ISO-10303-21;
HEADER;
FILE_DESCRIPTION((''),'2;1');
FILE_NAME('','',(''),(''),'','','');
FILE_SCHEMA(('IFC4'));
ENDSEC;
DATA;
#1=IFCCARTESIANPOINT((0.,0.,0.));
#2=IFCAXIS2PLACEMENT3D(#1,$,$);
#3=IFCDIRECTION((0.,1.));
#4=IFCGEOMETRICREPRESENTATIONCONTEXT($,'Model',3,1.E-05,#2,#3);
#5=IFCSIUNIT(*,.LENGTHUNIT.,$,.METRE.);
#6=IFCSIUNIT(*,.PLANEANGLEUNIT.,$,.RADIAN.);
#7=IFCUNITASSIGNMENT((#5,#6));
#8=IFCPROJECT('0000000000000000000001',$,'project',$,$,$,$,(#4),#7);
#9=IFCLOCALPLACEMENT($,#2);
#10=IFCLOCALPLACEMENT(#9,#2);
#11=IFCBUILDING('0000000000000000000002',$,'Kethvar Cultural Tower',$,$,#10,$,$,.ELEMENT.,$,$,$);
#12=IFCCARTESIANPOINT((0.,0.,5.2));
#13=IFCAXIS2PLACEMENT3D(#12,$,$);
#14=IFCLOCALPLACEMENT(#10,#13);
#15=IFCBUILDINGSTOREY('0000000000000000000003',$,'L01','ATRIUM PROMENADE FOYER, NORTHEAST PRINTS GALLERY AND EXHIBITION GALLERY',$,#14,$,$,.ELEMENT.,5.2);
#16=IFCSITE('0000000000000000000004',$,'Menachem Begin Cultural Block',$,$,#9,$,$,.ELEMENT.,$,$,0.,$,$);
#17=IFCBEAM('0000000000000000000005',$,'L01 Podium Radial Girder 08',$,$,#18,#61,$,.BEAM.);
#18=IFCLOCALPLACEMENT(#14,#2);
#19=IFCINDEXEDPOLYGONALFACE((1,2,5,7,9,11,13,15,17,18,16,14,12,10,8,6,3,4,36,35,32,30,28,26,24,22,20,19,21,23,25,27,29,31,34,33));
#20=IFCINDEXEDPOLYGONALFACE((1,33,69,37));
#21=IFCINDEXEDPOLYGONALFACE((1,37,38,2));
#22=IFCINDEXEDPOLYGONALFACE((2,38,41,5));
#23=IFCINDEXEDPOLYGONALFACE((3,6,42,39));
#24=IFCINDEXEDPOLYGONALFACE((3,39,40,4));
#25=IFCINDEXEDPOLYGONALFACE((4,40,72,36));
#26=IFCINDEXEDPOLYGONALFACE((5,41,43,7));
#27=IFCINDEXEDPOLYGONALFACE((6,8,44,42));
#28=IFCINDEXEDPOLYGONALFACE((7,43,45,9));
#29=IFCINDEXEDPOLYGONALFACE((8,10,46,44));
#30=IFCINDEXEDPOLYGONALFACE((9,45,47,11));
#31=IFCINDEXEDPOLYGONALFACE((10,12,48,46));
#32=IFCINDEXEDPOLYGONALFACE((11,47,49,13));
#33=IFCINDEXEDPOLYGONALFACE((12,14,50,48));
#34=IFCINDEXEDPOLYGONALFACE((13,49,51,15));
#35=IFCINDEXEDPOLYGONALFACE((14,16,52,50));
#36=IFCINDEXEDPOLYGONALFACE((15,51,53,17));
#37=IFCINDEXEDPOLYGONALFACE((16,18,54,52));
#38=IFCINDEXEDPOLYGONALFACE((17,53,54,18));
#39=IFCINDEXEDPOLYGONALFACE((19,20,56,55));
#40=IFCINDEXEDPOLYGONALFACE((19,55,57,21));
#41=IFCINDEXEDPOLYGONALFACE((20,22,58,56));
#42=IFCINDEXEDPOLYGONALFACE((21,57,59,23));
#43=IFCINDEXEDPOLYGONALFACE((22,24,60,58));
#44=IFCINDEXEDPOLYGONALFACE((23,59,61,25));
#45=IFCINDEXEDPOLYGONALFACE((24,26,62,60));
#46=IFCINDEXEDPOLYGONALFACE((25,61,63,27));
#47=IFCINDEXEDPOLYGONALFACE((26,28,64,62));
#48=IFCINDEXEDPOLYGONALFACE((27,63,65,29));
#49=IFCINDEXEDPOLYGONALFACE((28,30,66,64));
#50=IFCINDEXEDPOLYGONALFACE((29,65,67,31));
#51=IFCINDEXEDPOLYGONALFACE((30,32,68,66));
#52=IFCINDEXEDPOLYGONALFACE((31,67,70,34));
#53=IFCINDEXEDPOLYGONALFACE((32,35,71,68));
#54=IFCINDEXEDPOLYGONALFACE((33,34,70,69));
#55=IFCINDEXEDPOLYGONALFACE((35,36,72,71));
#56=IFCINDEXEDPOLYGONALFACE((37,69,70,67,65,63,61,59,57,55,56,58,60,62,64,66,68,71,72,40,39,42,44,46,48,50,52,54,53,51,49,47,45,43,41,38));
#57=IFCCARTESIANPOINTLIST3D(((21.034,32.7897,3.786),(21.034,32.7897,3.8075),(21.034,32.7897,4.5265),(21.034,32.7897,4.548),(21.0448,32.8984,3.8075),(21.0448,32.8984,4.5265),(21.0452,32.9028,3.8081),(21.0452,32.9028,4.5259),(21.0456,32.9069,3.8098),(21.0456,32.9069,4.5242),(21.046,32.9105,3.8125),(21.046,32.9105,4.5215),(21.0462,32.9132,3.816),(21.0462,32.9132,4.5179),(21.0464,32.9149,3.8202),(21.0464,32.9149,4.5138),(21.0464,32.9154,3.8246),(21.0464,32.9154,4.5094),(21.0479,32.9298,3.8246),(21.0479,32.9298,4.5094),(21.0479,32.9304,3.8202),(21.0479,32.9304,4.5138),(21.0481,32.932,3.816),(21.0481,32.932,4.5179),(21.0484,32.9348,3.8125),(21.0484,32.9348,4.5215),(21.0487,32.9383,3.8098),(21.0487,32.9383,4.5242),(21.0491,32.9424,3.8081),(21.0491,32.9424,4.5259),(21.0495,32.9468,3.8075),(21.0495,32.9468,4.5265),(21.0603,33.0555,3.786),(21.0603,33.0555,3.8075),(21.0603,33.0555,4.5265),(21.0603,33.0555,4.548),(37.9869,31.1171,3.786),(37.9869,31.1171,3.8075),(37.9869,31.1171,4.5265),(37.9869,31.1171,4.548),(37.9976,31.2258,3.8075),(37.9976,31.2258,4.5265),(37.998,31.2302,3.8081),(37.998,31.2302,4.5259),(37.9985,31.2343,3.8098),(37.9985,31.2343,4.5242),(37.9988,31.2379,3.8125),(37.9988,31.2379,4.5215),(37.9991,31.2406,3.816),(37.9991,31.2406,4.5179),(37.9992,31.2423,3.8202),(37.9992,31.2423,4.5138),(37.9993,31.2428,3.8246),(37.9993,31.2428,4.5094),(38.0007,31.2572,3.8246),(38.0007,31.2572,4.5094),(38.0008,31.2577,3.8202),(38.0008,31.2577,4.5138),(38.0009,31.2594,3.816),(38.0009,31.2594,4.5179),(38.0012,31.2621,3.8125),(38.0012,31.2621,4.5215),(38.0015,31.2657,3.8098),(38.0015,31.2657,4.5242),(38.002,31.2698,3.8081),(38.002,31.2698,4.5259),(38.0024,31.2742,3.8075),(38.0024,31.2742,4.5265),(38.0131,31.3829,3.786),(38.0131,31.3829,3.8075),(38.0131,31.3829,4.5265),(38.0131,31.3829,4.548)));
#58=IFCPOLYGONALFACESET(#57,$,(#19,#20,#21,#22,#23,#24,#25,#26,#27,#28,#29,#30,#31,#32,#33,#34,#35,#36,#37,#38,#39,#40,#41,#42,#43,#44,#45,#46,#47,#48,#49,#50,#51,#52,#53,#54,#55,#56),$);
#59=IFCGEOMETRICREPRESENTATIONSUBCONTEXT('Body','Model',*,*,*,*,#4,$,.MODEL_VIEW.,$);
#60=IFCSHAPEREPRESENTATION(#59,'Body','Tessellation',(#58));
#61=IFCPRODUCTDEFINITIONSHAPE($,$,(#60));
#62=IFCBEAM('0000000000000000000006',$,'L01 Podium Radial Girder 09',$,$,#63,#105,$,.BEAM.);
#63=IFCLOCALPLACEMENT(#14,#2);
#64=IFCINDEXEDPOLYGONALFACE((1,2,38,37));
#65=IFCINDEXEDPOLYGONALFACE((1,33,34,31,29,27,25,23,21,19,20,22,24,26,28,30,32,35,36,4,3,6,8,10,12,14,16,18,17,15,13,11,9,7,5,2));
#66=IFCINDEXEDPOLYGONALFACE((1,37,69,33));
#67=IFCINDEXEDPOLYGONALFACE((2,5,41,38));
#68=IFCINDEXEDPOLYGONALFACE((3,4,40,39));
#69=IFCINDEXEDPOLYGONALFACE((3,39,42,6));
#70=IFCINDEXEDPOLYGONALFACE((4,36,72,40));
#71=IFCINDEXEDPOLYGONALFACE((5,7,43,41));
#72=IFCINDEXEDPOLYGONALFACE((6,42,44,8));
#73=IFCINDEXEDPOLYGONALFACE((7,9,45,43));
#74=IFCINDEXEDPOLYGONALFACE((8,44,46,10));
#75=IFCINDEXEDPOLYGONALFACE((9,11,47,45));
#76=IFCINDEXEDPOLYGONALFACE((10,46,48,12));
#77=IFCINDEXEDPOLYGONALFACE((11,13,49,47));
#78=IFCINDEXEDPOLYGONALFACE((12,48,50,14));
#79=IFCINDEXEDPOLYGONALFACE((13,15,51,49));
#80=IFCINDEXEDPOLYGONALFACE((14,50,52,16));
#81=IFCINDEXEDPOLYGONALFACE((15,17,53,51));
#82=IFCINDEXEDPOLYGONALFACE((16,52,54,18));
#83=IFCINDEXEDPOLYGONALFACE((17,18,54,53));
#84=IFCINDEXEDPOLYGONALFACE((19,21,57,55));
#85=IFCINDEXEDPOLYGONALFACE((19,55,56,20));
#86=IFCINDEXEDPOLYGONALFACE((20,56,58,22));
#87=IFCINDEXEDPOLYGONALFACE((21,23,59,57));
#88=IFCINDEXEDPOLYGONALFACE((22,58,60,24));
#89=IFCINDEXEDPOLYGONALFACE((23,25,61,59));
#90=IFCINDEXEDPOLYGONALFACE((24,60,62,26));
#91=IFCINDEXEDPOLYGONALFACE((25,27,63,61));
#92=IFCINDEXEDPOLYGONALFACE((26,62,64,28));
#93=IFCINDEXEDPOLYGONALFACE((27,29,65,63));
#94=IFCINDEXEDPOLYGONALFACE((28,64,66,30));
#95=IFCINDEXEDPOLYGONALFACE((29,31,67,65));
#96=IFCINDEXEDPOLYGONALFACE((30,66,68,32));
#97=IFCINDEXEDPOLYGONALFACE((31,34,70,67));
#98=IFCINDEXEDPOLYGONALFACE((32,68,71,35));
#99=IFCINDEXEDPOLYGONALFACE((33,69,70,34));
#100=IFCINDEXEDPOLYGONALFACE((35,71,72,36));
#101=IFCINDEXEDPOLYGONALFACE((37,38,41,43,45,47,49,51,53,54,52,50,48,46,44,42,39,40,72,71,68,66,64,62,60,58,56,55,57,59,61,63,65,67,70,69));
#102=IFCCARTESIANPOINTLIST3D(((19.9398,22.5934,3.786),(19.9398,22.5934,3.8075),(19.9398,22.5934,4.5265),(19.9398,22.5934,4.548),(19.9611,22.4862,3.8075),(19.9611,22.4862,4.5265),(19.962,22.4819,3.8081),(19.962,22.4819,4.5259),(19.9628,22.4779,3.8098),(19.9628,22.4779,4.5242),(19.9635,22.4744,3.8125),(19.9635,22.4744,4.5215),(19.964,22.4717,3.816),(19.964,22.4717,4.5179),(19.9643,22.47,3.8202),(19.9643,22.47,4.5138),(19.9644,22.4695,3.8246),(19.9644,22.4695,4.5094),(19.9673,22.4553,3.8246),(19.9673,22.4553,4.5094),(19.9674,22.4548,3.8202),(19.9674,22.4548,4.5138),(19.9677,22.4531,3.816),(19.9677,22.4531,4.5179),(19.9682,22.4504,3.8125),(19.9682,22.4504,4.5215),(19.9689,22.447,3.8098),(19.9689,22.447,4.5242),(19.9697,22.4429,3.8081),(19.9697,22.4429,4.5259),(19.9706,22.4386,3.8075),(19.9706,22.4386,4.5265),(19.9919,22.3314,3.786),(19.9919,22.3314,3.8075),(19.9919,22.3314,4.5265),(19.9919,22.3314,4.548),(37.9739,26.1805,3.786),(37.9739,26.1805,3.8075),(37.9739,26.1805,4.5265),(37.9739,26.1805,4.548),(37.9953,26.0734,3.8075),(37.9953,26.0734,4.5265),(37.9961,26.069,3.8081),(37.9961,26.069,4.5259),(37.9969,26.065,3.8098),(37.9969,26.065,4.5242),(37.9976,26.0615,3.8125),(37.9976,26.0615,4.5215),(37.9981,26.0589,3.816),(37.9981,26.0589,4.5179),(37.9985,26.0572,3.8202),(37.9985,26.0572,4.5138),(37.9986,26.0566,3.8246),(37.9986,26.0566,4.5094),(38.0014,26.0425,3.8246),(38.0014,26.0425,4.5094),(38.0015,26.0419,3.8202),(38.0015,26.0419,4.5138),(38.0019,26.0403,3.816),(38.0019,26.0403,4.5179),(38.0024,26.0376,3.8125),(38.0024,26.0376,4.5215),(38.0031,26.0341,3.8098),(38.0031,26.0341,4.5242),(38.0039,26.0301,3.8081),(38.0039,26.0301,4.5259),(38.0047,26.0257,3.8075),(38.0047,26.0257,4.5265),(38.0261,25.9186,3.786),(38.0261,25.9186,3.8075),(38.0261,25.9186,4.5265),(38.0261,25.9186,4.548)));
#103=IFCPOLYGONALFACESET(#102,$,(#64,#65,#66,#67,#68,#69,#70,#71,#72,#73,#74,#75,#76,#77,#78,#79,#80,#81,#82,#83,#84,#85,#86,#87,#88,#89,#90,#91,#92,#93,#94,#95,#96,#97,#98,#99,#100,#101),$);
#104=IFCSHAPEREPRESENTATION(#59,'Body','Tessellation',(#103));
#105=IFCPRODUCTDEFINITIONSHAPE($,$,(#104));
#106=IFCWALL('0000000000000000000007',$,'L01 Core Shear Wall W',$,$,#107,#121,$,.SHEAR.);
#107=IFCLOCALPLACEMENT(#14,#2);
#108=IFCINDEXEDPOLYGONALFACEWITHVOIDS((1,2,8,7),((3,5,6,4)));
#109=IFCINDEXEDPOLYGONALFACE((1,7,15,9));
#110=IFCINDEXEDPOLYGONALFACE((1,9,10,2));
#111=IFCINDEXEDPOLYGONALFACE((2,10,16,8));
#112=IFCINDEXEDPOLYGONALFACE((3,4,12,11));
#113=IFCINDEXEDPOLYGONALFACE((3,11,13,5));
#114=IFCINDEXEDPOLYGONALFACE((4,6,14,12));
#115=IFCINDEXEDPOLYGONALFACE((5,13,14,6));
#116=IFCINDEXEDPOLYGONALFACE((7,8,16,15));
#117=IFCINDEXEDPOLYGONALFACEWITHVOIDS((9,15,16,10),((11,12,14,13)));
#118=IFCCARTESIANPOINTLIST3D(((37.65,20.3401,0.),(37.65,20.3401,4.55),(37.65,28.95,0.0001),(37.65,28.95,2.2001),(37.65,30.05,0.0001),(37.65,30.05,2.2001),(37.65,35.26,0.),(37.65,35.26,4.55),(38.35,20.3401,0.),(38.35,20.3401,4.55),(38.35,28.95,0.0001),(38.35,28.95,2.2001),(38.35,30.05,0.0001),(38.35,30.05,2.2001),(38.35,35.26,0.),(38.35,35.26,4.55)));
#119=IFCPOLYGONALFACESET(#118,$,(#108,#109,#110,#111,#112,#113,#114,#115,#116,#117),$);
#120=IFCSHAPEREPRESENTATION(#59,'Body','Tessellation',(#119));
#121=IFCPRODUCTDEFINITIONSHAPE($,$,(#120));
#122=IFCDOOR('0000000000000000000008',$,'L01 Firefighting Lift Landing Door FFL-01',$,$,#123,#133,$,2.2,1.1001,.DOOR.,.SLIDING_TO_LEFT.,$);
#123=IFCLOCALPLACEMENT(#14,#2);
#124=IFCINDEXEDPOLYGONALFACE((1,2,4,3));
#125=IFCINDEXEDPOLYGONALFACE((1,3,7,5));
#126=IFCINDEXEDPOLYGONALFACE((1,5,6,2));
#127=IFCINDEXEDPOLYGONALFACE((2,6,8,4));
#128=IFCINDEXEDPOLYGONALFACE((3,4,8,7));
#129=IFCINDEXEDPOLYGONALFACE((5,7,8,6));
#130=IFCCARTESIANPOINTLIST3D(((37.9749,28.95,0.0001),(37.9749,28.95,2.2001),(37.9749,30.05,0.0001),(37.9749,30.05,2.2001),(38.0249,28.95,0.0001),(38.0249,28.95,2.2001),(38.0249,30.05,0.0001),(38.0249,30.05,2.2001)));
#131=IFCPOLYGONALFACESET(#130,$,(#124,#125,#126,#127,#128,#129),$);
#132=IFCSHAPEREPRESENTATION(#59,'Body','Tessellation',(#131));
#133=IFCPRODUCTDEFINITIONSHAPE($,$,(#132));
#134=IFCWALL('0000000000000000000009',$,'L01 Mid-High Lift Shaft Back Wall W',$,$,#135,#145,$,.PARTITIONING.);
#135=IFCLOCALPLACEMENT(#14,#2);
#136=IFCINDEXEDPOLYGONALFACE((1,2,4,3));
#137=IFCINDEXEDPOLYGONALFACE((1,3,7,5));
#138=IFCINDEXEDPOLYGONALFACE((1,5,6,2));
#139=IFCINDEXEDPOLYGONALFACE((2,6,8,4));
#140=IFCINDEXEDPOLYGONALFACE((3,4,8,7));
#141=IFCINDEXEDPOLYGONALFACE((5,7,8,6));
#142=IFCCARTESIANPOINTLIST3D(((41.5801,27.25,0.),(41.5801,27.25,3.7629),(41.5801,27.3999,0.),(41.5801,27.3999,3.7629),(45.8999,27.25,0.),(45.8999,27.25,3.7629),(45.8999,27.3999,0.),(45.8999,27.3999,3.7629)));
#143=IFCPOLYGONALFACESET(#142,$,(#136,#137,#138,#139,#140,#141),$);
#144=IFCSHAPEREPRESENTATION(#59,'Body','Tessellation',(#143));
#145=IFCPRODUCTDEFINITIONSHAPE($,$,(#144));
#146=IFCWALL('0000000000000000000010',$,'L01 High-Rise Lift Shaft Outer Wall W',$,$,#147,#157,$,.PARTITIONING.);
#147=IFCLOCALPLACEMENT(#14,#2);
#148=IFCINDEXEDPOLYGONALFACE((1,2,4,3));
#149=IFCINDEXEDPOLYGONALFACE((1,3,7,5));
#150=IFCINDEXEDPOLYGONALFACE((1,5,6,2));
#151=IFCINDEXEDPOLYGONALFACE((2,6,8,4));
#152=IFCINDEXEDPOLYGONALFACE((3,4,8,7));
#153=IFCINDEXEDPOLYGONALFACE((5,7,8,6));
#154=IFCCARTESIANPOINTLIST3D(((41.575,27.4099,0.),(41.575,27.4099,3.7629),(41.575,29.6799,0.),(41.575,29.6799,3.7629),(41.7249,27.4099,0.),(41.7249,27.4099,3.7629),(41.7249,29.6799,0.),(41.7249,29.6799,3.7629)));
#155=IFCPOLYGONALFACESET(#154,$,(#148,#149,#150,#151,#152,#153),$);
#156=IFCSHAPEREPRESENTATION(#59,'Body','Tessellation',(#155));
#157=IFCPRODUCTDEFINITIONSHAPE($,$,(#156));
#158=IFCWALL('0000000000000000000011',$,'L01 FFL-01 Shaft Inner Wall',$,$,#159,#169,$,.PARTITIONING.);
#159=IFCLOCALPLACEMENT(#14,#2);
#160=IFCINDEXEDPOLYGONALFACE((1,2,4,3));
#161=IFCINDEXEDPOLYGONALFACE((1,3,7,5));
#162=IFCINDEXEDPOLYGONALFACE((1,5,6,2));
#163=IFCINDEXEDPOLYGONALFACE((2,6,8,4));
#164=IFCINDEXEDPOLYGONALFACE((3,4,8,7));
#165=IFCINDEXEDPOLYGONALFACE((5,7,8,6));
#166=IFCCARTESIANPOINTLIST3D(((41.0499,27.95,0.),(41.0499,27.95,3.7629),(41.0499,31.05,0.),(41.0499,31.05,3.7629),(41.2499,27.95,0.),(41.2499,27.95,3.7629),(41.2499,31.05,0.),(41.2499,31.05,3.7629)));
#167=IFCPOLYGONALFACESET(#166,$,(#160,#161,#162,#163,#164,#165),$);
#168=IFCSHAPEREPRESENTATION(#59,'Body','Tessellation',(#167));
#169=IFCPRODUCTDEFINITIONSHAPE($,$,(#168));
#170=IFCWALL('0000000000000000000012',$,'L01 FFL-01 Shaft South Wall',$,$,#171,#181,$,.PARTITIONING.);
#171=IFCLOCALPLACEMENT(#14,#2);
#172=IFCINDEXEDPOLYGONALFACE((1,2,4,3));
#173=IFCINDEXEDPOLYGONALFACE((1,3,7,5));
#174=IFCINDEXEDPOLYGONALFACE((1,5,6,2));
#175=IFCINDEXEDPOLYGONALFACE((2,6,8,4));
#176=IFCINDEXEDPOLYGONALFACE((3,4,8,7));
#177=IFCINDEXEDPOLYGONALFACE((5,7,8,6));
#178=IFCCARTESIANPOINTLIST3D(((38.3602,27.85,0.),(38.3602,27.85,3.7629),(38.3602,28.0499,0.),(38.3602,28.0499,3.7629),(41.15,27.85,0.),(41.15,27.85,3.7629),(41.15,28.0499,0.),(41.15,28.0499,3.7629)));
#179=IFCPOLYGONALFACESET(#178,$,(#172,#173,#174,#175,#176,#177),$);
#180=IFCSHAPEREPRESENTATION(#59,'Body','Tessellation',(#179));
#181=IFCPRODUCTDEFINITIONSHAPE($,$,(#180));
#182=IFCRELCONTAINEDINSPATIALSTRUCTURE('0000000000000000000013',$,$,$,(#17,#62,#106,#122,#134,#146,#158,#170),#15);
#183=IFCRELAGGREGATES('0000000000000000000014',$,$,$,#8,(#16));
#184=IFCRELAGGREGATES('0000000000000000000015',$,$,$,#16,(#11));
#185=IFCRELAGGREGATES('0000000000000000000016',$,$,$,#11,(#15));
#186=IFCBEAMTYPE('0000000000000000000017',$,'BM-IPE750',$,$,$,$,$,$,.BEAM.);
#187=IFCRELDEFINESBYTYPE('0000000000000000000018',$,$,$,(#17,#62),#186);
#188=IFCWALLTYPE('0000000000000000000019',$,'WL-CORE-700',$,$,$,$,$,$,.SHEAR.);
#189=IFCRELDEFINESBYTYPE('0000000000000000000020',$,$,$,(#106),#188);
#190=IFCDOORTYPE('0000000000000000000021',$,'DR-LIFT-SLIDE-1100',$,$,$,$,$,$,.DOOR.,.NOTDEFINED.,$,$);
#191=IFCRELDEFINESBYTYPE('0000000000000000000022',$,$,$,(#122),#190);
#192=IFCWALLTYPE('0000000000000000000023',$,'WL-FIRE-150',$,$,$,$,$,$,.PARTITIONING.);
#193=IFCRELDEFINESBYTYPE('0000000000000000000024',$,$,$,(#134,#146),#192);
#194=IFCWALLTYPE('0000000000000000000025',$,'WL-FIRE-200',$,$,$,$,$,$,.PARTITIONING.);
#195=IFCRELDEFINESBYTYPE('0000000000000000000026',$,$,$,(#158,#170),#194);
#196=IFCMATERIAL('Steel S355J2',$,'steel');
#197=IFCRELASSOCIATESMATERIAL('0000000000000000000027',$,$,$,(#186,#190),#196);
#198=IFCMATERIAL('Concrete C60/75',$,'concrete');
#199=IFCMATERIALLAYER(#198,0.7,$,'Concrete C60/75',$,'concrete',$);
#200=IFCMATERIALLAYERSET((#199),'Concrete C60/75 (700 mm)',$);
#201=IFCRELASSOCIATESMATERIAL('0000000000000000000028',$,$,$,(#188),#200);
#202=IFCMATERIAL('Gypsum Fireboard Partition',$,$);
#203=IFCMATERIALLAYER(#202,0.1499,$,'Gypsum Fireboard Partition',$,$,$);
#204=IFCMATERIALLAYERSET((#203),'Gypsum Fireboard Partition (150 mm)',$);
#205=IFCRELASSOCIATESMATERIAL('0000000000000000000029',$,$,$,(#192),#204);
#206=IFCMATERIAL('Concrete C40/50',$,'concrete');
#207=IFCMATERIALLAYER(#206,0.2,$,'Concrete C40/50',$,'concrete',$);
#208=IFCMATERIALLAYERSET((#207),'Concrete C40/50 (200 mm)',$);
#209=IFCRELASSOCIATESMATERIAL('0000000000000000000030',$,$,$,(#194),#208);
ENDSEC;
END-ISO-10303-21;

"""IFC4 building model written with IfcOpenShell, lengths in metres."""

from ifc_helpers import new_model, si_unit, direction, frame, frame_2d, origin, origin_2d, place, context, subcontext, project, spatial, rectangle, i_section, extrude, source, transform, mapped, material, layer, layer_set, material_profile, profile_set, type_object, element, fill, save


model = new_model("IFC4")

# Units and contexts
model_context = context("Model", 3, precision=1e-05, world=origin(), true_north=direction((0.0, 1.0)))
body_context = subcontext(model_context, "Body", "Model", "MODEL_VIEW")
ifc_project = project(units=[si_unit("LENGTHUNIT", "METRE"), si_unit("PLANEANGLEUNIT", "RADIAN")], contexts=[model_context])

# Site, building, storey
site_placement = place(None, origin())
site = spatial("IfcSite", under=ifc_project, at=site_placement, Name="Menachem Begin Cultural Block", CompositionType="ELEMENT", RefElevation=0.0)
building_placement = place(site_placement, origin())
building = spatial("IfcBuilding", under=site, at=building_placement, Name="Kethvar Cultural Tower", CompositionType="ELEMENT")
storey_placement = place(building_placement, frame((0.0, 0.0, 5.2)))
storey = spatial("IfcBuildingStorey", under=building, at=storey_placement, Name="L01", Description="ATRIUM PROMENADE FOYER, NORTHEAST PRINTS GALLERY AND EXHIBITION GALLERY", CompositionType="ELEMENT", Elevation=5.2)

# Beams
ifc_material_1 = material(Name="Steel S355J2", Category="steel")
ifc_material_profile_1 = material_profile(ifc_material_1, i_section(OverallWidth=0.2671, OverallDepth=0.762, WebThickness=0.0144, FlangeThickness=0.0215, FilletRadius=0.0171, at=origin_2d()), Name="Steel S355J2 — IPE750x173")
ifc_profile_set_1 = profile_set([ifc_material_profile_1], Name="Steel S355J2 — IPE750x173")
beam_type = type_object("IfcBeamType", Name="BM-IPE750", PredefinedType="BEAM", material=ifc_profile_set_1)
shared_shape_1 = source(origin(), body_context, "Body", "SweptSolid", [
    extrude(i_section(OverallWidth=0.2671, OverallDepth=0.762, WebThickness=0.0144, FlangeThickness=0.0215, FilletRadius=0.0171, at=origin_2d()), origin(), (0.0, 0.0, 1.0), 17.0352),
])
beam_1_placement = place(storey_placement, frame((38.0, 31.25, 4.167), z_axis=(-0.995168, 0.098185, 0.0), x_axis=(-0.098185, -0.995168, 0.0)))
element("IfcBeam", 1, at=beam_1_placement, inside=storey, type_object=beam_type, Name="L01 Podium Radial Girder 08", PredefinedType="BEAM", context=body_context, shape_type="MappedRepresentation", body=[
    mapped(shared_shape_1, transform((0.0, 0.0, 0.0), scale=1.0)),
])
shared_shape_2 = source(origin(), body_context, "Body", "SweptSolid", [
    extrude(i_section(OverallWidth=0.2671, OverallDepth=0.762, WebThickness=0.0144, FlangeThickness=0.0215, FilletRadius=0.0171, at=origin_2d()), origin(), (0.0, 0.0, 1.0), 18.3875),
])
beam_2_placement = place(storey_placement, frame((38.0, 26.0496, 4.167), z_axis=(-0.980786, -0.195087, 0.0), x_axis=(0.195087, -0.980786, 0.0)))
element("IfcBeam", 2, at=beam_2_placement, inside=storey, type_object=beam_type, Name="L01 Podium Radial Girder 09", PredefinedType="BEAM", context=body_context, shape_type="MappedRepresentation", body=[
    mapped(shared_shape_2, transform((0.0, 0.0, 0.0), scale=1.0)),
])

# Wall, opening, door
ifc_material_2 = material(Name="Concrete C60/75", Category="concrete")
ifc_layer_1 = layer(ifc_material_2, 0.7, Name="Concrete C60/75", Category="concrete")
ifc_layer_set_1 = layer_set([ifc_layer_1], Name="Concrete C60/75 (700 mm)")
wall_type_1 = type_object("IfcWallType", Name="WL-CORE-700", PredefinedType="SHEAR", material=ifc_layer_set_1)
wall_1_placement = place(storey_placement, frame((38.0, 35.26, 0.0), z_axis=(0.0, 0.0, 1.0), x_axis=(0.0, -1.0, 0.0)))
wall_1 = element("IfcWall", 3, at=wall_1_placement, inside=storey, type_object=wall_type_1, Name="L01 Core Shear Wall W", PredefinedType="SHEAR", context=body_context, shape_type="SweptSolid", body=[
    extrude(rectangle(XDim=14.9199, YDim=0.7, at=frame_2d((7.46, 0.0))), origin(), (0.0, 0.0, 1.0), 4.55),
])
opening_1_placement = place(wall_1_placement, frame((5.21, 0.0, 0.0)))
opening_1 = element("IfcOpeningElement", 4, at=opening_1_placement, cuts=wall_1, PredefinedType="OPENING", context=body_context, shape_type="SweptSolid", body=[
    extrude(rectangle(XDim=1.1001, YDim=2.2, at=frame_2d((0.55, 1.1001))), frame((0.0, 0.3599, 0.0), z_axis=(0.0, -1.0, 0.0), x_axis=(1.0, 0.0, 0.0)), (0.0, 0.0, 1.0), 0.72),
])
door_type_1 = type_object("IfcDoorType", Name="DR-LIFT-SLIDE-1100", OperationType="NOTDEFINED", PredefinedType="DOOR", material=ifc_material_1)
shared_shape_3 = source(origin(), body_context, "Body", "SweptSolid", [
    extrude(rectangle(XDim=1.1001, YDim=2.2, at=frame_2d((0.55, 1.1001))), frame((0.0, 0.0249, 0.0), z_axis=(0.0, -1.0, 0.0), x_axis=(1.0, 0.0, 0.0)), (0.0, 0.0, 1.0), 0.05),
])
door_1_placement = place(opening_1_placement, origin())
door_1 = element("IfcDoor", 5, at=door_1_placement, inside=storey, type_object=door_type_1, Name="L01 Firefighting Lift Landing Door FFL-01", OperationType="SLIDING_TO_LEFT", OverallHeight=2.2, OverallWidth=1.1001, PredefinedType="DOOR", context=body_context, shape_type="MappedRepresentation", body=[
    mapped(shared_shape_3, transform((0.0, 0.0, 0.0), scale=1.0)),
])
fill(opening_1, door_1)

# Walls
ifc_material_3 = material(Name="Gypsum Fireboard Partition")
ifc_layer_2 = layer(ifc_material_3, 0.1499, Name="Gypsum Fireboard Partition")
ifc_layer_set_2 = layer_set([ifc_layer_2], Name="Gypsum Fireboard Partition (150 mm)")
wall_type_2 = type_object("IfcWallType", Name="WL-FIRE-150", PredefinedType="PARTITIONING", material=ifc_layer_set_2)
wall_2_placement = place(storey_placement, frame((41.5801, 27.325, 0.0), z_axis=(0.0, 0.0, 1.0), x_axis=(1.0, 0.0, 0.0)))
element("IfcWall", 6, at=wall_2_placement, inside=storey, type_object=wall_type_2, Name="L01 Mid-High Lift Shaft Back Wall W", PredefinedType="PARTITIONING", context=body_context, shape_type="SweptSolid", body=[
    extrude(rectangle(XDim=4.3198, YDim=0.1499, at=frame_2d((2.1599, 0.0))), origin(), (0.0, 0.0, 1.0), 3.7629),
])
wall_3_placement = place(storey_placement, frame((41.6499, 27.4099, 0.0), z_axis=(0.0, 0.0, 1.0), x_axis=(0.0, 1.0, 0.0)))
element("IfcWall", 7, at=wall_3_placement, inside=storey, type_object=wall_type_2, Name="L01 High-Rise Lift Shaft Outer Wall W", PredefinedType="PARTITIONING", context=body_context, shape_type="SweptSolid", body=[
    extrude(rectangle(XDim=2.27, YDim=0.1499, at=frame_2d((1.135, 0.0))), origin(), (0.0, 0.0, 1.0), 3.7629),
])
ifc_material_4 = material(Name="Concrete C40/50", Category="concrete")
ifc_layer_3 = layer(ifc_material_4, 0.2, Name="Concrete C40/50", Category="concrete")
ifc_layer_set_3 = layer_set([ifc_layer_3], Name="Concrete C40/50 (200 mm)")
wall_type_3 = type_object("IfcWallType", Name="WL-FIRE-200", PredefinedType="PARTITIONING", material=ifc_layer_set_3)
wall_4_placement = place(storey_placement, frame((41.1499, 27.95, 0.0), z_axis=(0.0, 0.0, 1.0), x_axis=(0.0, 1.0, 0.0)))
element("IfcWall", 8, at=wall_4_placement, inside=storey, type_object=wall_type_3, Name="L01 FFL-01 Shaft Inner Wall", PredefinedType="PARTITIONING", context=body_context, shape_type="SweptSolid", body=[
    extrude(rectangle(XDim=3.1001, YDim=0.2, at=frame_2d((1.55, 0.0))), origin(), (0.0, 0.0, 1.0), 3.7629),
])
for number, where, z_axis, x_axis, name in (
    (9, (38.3601, 27.95, 0.0), (0.0, 0.0, 1.0), (1.0, 0.0, 0.0), "L01 FFL-01 Shaft South Wall"),
):
    element("IfcWall", number, at=place(storey_placement, frame(where, z_axis=z_axis, x_axis=x_axis)), inside=storey, type_object=wall_type_3, Name=name, PredefinedType="PARTITIONING", context=body_context, shape_type="SweptSolid", body=[
        extrude(rectangle(XDim=2.7898, YDim=0.2, at=frame_2d((1.395, 0.0))), origin(), (0.0, 0.0, 1.0), 3.7629),
    ])

save(model, "model.ifc")
